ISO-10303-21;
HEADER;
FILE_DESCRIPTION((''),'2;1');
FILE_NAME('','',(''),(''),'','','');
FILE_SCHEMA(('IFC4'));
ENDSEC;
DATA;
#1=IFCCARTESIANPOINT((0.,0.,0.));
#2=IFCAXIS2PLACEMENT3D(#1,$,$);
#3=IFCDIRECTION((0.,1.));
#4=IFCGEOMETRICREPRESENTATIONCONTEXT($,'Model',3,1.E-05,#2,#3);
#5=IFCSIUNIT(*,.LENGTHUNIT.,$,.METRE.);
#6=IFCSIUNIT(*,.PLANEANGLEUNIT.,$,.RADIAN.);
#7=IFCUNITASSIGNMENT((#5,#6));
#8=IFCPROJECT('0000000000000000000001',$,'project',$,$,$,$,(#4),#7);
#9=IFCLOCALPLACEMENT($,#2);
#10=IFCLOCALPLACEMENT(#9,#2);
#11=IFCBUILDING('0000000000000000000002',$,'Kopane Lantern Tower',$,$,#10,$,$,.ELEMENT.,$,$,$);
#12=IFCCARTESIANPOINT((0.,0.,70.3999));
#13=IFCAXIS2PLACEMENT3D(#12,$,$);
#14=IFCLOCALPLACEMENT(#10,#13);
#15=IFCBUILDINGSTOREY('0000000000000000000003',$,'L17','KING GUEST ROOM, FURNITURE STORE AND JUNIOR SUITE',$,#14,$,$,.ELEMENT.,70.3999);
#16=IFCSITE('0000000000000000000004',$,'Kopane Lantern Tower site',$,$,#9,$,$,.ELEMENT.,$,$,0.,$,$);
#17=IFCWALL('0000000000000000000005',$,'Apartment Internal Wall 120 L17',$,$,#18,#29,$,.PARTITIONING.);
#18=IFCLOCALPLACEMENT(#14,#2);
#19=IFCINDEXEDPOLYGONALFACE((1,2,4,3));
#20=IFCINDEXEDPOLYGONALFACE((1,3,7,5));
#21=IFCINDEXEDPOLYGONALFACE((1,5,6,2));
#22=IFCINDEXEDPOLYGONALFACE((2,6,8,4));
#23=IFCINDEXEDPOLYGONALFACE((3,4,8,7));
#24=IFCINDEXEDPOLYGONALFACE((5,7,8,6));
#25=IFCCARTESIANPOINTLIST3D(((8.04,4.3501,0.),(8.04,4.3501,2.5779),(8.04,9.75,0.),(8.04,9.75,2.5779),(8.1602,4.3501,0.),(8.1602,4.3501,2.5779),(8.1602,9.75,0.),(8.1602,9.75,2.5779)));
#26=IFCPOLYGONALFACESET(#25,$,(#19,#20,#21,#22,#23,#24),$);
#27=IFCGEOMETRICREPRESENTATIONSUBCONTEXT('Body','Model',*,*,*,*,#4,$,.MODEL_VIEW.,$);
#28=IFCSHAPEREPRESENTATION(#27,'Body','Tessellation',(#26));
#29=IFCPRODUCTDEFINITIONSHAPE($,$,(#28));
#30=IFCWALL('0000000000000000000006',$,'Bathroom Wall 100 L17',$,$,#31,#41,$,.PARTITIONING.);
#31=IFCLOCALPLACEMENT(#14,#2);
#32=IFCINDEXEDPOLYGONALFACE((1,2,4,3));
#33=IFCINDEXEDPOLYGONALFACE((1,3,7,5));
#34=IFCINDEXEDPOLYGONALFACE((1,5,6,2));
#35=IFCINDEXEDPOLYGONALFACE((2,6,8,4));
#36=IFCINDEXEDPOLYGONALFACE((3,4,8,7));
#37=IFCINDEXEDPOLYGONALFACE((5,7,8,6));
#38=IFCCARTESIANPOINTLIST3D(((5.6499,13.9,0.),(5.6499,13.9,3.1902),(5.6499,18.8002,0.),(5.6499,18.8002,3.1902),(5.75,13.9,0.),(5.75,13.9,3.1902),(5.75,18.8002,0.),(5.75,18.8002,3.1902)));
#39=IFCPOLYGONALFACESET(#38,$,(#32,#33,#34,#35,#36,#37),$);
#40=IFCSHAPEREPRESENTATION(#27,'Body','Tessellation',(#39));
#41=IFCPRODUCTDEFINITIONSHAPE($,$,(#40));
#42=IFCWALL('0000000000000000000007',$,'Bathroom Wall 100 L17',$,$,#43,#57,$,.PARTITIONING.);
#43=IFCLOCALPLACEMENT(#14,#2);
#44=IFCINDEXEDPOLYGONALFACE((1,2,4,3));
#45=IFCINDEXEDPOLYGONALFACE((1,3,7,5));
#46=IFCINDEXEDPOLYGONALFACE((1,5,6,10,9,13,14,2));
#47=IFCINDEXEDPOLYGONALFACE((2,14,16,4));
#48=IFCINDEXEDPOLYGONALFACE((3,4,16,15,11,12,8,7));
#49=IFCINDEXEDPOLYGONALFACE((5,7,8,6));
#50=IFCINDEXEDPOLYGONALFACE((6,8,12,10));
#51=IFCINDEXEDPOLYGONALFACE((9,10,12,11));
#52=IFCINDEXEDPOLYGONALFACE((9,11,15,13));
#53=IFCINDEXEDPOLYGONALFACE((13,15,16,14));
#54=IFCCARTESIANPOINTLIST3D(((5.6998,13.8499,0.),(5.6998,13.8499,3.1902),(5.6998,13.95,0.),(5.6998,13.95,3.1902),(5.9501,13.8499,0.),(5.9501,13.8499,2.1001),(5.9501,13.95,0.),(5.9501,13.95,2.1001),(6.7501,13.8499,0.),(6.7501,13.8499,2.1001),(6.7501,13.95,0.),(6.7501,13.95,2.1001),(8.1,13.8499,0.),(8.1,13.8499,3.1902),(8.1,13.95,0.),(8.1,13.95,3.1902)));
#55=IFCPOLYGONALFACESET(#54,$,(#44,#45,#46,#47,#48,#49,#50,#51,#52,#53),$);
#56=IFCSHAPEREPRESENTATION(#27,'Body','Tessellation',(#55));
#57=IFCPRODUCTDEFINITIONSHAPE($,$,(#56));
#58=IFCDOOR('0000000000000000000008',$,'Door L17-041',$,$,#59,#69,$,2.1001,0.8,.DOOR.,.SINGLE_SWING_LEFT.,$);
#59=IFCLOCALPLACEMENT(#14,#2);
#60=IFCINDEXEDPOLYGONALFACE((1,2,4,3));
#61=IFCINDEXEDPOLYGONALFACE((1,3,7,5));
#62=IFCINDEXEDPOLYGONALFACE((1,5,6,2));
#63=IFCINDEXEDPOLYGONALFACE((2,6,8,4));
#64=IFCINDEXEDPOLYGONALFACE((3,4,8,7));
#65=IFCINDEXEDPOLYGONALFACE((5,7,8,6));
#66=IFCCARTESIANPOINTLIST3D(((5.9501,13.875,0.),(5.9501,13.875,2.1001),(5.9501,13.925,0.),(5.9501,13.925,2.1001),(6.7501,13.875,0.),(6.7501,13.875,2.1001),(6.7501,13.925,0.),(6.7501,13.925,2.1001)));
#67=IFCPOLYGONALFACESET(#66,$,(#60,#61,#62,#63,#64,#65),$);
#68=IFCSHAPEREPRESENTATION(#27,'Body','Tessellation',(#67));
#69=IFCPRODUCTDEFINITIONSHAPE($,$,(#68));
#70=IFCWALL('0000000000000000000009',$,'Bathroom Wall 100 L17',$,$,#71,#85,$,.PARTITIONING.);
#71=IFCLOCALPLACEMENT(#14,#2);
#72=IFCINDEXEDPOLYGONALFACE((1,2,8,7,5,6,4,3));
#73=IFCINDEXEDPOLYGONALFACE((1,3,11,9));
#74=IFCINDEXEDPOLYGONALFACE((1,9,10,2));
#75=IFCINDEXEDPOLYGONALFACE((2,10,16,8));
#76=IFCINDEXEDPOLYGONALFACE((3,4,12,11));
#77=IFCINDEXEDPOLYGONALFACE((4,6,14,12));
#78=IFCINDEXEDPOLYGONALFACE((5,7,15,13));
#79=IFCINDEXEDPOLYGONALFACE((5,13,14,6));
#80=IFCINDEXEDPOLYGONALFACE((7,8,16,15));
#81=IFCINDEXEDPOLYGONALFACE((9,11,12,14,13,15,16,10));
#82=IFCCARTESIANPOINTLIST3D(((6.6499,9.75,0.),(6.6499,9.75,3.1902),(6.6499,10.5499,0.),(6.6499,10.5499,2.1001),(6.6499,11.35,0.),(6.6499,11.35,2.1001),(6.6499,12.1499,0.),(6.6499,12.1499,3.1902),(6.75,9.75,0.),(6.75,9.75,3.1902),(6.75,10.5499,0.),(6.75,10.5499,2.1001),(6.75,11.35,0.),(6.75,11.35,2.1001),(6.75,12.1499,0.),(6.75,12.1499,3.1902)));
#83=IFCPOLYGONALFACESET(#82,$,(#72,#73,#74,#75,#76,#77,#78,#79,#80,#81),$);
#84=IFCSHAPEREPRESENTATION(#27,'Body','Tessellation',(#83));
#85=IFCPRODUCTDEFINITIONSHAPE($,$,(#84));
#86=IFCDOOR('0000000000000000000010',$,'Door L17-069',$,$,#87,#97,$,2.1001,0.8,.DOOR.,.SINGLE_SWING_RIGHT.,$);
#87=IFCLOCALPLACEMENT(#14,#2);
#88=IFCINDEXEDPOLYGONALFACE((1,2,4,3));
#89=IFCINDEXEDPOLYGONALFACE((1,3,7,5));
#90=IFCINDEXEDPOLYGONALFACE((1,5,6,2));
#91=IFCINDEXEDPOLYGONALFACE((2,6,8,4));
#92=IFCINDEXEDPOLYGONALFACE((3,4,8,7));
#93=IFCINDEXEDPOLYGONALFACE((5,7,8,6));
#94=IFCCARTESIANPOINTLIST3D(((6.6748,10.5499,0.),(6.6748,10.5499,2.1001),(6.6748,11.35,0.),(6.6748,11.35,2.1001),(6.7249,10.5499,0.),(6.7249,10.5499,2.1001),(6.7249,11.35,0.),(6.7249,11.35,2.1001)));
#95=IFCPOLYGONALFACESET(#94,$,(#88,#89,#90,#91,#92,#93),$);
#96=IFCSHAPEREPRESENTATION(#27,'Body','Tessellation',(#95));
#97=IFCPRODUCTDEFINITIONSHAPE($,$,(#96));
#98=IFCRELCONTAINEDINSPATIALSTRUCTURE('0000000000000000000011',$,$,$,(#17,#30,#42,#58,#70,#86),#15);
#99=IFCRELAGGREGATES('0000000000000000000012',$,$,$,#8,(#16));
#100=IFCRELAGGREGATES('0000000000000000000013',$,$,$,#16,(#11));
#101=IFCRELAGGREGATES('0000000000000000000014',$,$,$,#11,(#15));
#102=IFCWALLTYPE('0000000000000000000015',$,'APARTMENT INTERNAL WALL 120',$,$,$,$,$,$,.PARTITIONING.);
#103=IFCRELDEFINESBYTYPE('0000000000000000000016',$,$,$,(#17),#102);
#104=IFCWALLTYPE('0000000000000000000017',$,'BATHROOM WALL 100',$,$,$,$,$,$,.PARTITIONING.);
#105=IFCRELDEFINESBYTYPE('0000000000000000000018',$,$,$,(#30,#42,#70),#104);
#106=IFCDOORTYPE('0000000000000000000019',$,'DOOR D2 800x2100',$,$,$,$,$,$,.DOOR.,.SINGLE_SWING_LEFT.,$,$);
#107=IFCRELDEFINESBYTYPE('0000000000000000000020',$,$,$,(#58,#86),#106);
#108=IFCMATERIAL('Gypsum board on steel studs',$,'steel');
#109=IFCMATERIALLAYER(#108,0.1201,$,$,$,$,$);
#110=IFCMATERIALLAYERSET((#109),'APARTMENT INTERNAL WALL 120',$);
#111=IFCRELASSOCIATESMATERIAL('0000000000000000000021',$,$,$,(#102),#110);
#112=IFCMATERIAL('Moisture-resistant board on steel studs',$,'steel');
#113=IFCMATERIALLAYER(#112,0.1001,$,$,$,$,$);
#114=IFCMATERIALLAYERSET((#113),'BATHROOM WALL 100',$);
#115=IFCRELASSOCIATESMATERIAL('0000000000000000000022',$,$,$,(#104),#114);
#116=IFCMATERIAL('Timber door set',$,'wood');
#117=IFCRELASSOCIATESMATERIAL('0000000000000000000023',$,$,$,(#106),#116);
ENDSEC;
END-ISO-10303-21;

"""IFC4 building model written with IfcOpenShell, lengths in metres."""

from ifc_helpers import new_model, si_unit, direction, frame, frame_2d, origin, place, context, subcontext, project, spatial, rectangle, extrude, material, layer, layer_set, type_object, element, fill, save


model = new_model("IFC4")

# Units and contexts
model_context = context("Model", 3, precision=1e-05, world=origin(), true_north=direction((0.0, 1.0)))
body_context = subcontext(model_context, "Body", "Model", "MODEL_VIEW")
ifc_project = project(units=[si_unit("LENGTHUNIT", "METRE"), si_unit("PLANEANGLEUNIT", "RADIAN")], contexts=[model_context])

# Site, building, storey
site_placement = place(None, origin())
site = spatial("IfcSite", under=ifc_project, at=site_placement, Name="Kopane Lantern Tower site", CompositionType="ELEMENT", RefElevation=0.0)
building_placement = place(site_placement, origin())
building = spatial("IfcBuilding", under=site, at=building_placement, Name="Kopane Lantern Tower", CompositionType="ELEMENT")
storey_placement = place(building_placement, frame((0.0, 0.0, 70.3999)))
storey = spatial("IfcBuildingStorey", under=building, at=storey_placement, Name="L17", Description="KING GUEST ROOM, FURNITURE STORE AND JUNIOR SUITE", CompositionType="ELEMENT", Elevation=70.3999)

# Walls
ifc_material_1 = material(Name="Gypsum board on steel studs", Category="steel")
ifc_layer_1 = layer(ifc_material_1, 0.1201)
ifc_layer_set_1 = layer_set([ifc_layer_1], Name="APARTMENT INTERNAL WALL 120")
wall_type_1 = type_object("IfcWallType", Name="APARTMENT INTERNAL WALL 120", PredefinedType="PARTITIONING", material=ifc_layer_set_1)
wall_1_placement = place(storey_placement, frame((8.1001, 9.75, 0.0), z_axis=(0.0, 0.0, 1.0), x_axis=(0.0, -1.0, 0.0)))
element("IfcWall", 1, at=wall_1_placement, inside=storey, type_object=wall_type_1, Name="Apartment Internal Wall 120 L17", PredefinedType="PARTITIONING", context=body_context, shape_type="SweptSolid", body=[
    extrude(rectangle(XDim=5.3999, YDim=0.1201, at=frame_2d((2.7, 0.0))), origin(), (0.0, 0.0, 1.0), 2.5779),
])
ifc_material_2 = material(Name="Moisture-resistant board on steel studs", Category="steel")
ifc_layer_2 = layer(ifc_material_2, 0.1001)
ifc_layer_set_2 = layer_set([ifc_layer_2], Name="BATHROOM WALL 100")
wall_type_2 = type_object("IfcWallType", Name="BATHROOM WALL 100", PredefinedType="PARTITIONING", material=ifc_layer_set_2)
wall_2_placement = place(storey_placement, frame((5.7, 13.8999, 0.0), z_axis=(0.0, 0.0, 1.0), x_axis=(0.0, 1.0, 0.0)))
element("IfcWall", 2, at=wall_2_placement, inside=storey, type_object=wall_type_2, Name="Bathroom Wall 100 L17", PredefinedType="PARTITIONING", context=body_context, shape_type="SweptSolid", body=[
    extrude(rectangle(XDim=4.9001, YDim=0.1001, at=frame_2d((2.4502, 0.0))), origin(), (0.0, 0.0, 1.0), 3.1902),
])

# Walls, openings, doors
wall_3_placement = place(storey_placement, frame((8.1001, 13.8999, 0.0), z_axis=(0.0, 0.0, 1.0), x_axis=(-1.0, 0.0, 0.0)))
wall_3 = element("IfcWall", 3, at=wall_3_placement, inside=storey, type_object=wall_type_2, Name="Bathroom Wall 100 L17", PredefinedType="PARTITIONING", context=body_context, shape_type="SweptSolid", body=[
    extrude(rectangle(XDim=2.4001, YDim=0.1001, at=frame_2d((1.2002, 0.0))), origin(), (0.0, 0.0, 1.0), 3.1902),
])
opening_1_placement = place(wall_3_placement, frame((1.3501, 0.0, 0.0)))
opening_1 = element("IfcOpeningElement", 4, at=opening_1_placement, cuts=wall_3, PredefinedType="OPENING", context=body_context, shape_type="SweptSolid", body=[
    extrude(rectangle(XDim=0.8, YDim=2.1001, at=frame_2d((0.3999, 1.05))), frame((0.0, 0.0601, 0.0), z_axis=(0.0, -1.0, 0.0), x_axis=(1.0, 0.0, 0.0)), (0.0, 0.0, 1.0), 0.1201),
])
ifc_material_3 = material(Name="Timber door set", Category="wood")
door_type_1 = type_object("IfcDoorType", Name="DOOR D2 800x2100", OperationType="SINGLE_SWING_LEFT", PredefinedType="DOOR", material=ifc_material_3)
door_1_placement = place(opening_1_placement, origin())
door_1 = element("IfcDoor", 5, at=door_1_placement, inside=storey, type_object=door_type_1, Name="Door L17-041", OperationType="SINGLE_SWING_LEFT", OverallHeight=2.1001, OverallWidth=0.8, PredefinedType="DOOR", context=body_context, shape_type="SweptSolid", body=[
    extrude(rectangle(XDim=0.8, YDim=2.1001, at=frame_2d((0.3999, 1.05))), frame((0.0, 0.0249, 0.0), z_axis=(0.0, -1.0, 0.0), x_axis=(1.0, 0.0, 0.0)), (0.0, 0.0, 1.0), 0.05),
])
fill(opening_1, door_1)
wall_4_placement = place(storey_placement, frame((6.7, 12.1499, 0.0), z_axis=(0.0, 0.0, 1.0), x_axis=(0.0, -1.0, 0.0)))
wall_4 = element("IfcWall", 6, at=wall_4_placement, inside=storey, type_object=wall_type_2, Name="Bathroom Wall 100 L17", PredefinedType="PARTITIONING", context=body_context, shape_type="SweptSolid", body=[
    extrude(rectangle(XDim=2.3999, YDim=0.1001, at=frame_2d((1.2, 0.0))), origin(), (0.0, 0.0, 1.0), 3.1902),
])
opening_2_placement = place(wall_4_placement, frame((0.8, 0.0, 0.0)))
opening_2 = element("IfcOpeningElement", 7, at=opening_2_placement, cuts=wall_4, PredefinedType="OPENING", context=body_context, shape_type="SweptSolid", body=[
    extrude(rectangle(XDim=0.8, YDim=2.1001, at=frame_2d((0.3999, 1.05))), frame((0.0, 0.0601, 0.0), z_axis=(0.0, -1.0, 0.0), x_axis=(1.0, 0.0, 0.0)), (0.0, 0.0, 1.0), 0.1201),
])
door_2_placement = place(opening_2_placement, origin())
door_2 = element("IfcDoor", 8, at=door_2_placement, inside=storey, type_object=door_type_1, Name="Door L17-069", OperationType="SINGLE_SWING_RIGHT", OverallHeight=2.1001, OverallWidth=0.8, PredefinedType="DOOR", context=body_context, shape_type="SweptSolid", body=[
    extrude(rectangle(XDim=0.8, YDim=2.1001, at=frame_2d((0.3999, 1.05))), frame((0.0, 0.0249, 0.0), z_axis=(0.0, -1.0, 0.0), x_axis=(1.0, 0.0, 0.0)), (0.0, 0.0, 1.0), 0.05),
])
fill(opening_2, door_2)

save(model, "model.ifc")
